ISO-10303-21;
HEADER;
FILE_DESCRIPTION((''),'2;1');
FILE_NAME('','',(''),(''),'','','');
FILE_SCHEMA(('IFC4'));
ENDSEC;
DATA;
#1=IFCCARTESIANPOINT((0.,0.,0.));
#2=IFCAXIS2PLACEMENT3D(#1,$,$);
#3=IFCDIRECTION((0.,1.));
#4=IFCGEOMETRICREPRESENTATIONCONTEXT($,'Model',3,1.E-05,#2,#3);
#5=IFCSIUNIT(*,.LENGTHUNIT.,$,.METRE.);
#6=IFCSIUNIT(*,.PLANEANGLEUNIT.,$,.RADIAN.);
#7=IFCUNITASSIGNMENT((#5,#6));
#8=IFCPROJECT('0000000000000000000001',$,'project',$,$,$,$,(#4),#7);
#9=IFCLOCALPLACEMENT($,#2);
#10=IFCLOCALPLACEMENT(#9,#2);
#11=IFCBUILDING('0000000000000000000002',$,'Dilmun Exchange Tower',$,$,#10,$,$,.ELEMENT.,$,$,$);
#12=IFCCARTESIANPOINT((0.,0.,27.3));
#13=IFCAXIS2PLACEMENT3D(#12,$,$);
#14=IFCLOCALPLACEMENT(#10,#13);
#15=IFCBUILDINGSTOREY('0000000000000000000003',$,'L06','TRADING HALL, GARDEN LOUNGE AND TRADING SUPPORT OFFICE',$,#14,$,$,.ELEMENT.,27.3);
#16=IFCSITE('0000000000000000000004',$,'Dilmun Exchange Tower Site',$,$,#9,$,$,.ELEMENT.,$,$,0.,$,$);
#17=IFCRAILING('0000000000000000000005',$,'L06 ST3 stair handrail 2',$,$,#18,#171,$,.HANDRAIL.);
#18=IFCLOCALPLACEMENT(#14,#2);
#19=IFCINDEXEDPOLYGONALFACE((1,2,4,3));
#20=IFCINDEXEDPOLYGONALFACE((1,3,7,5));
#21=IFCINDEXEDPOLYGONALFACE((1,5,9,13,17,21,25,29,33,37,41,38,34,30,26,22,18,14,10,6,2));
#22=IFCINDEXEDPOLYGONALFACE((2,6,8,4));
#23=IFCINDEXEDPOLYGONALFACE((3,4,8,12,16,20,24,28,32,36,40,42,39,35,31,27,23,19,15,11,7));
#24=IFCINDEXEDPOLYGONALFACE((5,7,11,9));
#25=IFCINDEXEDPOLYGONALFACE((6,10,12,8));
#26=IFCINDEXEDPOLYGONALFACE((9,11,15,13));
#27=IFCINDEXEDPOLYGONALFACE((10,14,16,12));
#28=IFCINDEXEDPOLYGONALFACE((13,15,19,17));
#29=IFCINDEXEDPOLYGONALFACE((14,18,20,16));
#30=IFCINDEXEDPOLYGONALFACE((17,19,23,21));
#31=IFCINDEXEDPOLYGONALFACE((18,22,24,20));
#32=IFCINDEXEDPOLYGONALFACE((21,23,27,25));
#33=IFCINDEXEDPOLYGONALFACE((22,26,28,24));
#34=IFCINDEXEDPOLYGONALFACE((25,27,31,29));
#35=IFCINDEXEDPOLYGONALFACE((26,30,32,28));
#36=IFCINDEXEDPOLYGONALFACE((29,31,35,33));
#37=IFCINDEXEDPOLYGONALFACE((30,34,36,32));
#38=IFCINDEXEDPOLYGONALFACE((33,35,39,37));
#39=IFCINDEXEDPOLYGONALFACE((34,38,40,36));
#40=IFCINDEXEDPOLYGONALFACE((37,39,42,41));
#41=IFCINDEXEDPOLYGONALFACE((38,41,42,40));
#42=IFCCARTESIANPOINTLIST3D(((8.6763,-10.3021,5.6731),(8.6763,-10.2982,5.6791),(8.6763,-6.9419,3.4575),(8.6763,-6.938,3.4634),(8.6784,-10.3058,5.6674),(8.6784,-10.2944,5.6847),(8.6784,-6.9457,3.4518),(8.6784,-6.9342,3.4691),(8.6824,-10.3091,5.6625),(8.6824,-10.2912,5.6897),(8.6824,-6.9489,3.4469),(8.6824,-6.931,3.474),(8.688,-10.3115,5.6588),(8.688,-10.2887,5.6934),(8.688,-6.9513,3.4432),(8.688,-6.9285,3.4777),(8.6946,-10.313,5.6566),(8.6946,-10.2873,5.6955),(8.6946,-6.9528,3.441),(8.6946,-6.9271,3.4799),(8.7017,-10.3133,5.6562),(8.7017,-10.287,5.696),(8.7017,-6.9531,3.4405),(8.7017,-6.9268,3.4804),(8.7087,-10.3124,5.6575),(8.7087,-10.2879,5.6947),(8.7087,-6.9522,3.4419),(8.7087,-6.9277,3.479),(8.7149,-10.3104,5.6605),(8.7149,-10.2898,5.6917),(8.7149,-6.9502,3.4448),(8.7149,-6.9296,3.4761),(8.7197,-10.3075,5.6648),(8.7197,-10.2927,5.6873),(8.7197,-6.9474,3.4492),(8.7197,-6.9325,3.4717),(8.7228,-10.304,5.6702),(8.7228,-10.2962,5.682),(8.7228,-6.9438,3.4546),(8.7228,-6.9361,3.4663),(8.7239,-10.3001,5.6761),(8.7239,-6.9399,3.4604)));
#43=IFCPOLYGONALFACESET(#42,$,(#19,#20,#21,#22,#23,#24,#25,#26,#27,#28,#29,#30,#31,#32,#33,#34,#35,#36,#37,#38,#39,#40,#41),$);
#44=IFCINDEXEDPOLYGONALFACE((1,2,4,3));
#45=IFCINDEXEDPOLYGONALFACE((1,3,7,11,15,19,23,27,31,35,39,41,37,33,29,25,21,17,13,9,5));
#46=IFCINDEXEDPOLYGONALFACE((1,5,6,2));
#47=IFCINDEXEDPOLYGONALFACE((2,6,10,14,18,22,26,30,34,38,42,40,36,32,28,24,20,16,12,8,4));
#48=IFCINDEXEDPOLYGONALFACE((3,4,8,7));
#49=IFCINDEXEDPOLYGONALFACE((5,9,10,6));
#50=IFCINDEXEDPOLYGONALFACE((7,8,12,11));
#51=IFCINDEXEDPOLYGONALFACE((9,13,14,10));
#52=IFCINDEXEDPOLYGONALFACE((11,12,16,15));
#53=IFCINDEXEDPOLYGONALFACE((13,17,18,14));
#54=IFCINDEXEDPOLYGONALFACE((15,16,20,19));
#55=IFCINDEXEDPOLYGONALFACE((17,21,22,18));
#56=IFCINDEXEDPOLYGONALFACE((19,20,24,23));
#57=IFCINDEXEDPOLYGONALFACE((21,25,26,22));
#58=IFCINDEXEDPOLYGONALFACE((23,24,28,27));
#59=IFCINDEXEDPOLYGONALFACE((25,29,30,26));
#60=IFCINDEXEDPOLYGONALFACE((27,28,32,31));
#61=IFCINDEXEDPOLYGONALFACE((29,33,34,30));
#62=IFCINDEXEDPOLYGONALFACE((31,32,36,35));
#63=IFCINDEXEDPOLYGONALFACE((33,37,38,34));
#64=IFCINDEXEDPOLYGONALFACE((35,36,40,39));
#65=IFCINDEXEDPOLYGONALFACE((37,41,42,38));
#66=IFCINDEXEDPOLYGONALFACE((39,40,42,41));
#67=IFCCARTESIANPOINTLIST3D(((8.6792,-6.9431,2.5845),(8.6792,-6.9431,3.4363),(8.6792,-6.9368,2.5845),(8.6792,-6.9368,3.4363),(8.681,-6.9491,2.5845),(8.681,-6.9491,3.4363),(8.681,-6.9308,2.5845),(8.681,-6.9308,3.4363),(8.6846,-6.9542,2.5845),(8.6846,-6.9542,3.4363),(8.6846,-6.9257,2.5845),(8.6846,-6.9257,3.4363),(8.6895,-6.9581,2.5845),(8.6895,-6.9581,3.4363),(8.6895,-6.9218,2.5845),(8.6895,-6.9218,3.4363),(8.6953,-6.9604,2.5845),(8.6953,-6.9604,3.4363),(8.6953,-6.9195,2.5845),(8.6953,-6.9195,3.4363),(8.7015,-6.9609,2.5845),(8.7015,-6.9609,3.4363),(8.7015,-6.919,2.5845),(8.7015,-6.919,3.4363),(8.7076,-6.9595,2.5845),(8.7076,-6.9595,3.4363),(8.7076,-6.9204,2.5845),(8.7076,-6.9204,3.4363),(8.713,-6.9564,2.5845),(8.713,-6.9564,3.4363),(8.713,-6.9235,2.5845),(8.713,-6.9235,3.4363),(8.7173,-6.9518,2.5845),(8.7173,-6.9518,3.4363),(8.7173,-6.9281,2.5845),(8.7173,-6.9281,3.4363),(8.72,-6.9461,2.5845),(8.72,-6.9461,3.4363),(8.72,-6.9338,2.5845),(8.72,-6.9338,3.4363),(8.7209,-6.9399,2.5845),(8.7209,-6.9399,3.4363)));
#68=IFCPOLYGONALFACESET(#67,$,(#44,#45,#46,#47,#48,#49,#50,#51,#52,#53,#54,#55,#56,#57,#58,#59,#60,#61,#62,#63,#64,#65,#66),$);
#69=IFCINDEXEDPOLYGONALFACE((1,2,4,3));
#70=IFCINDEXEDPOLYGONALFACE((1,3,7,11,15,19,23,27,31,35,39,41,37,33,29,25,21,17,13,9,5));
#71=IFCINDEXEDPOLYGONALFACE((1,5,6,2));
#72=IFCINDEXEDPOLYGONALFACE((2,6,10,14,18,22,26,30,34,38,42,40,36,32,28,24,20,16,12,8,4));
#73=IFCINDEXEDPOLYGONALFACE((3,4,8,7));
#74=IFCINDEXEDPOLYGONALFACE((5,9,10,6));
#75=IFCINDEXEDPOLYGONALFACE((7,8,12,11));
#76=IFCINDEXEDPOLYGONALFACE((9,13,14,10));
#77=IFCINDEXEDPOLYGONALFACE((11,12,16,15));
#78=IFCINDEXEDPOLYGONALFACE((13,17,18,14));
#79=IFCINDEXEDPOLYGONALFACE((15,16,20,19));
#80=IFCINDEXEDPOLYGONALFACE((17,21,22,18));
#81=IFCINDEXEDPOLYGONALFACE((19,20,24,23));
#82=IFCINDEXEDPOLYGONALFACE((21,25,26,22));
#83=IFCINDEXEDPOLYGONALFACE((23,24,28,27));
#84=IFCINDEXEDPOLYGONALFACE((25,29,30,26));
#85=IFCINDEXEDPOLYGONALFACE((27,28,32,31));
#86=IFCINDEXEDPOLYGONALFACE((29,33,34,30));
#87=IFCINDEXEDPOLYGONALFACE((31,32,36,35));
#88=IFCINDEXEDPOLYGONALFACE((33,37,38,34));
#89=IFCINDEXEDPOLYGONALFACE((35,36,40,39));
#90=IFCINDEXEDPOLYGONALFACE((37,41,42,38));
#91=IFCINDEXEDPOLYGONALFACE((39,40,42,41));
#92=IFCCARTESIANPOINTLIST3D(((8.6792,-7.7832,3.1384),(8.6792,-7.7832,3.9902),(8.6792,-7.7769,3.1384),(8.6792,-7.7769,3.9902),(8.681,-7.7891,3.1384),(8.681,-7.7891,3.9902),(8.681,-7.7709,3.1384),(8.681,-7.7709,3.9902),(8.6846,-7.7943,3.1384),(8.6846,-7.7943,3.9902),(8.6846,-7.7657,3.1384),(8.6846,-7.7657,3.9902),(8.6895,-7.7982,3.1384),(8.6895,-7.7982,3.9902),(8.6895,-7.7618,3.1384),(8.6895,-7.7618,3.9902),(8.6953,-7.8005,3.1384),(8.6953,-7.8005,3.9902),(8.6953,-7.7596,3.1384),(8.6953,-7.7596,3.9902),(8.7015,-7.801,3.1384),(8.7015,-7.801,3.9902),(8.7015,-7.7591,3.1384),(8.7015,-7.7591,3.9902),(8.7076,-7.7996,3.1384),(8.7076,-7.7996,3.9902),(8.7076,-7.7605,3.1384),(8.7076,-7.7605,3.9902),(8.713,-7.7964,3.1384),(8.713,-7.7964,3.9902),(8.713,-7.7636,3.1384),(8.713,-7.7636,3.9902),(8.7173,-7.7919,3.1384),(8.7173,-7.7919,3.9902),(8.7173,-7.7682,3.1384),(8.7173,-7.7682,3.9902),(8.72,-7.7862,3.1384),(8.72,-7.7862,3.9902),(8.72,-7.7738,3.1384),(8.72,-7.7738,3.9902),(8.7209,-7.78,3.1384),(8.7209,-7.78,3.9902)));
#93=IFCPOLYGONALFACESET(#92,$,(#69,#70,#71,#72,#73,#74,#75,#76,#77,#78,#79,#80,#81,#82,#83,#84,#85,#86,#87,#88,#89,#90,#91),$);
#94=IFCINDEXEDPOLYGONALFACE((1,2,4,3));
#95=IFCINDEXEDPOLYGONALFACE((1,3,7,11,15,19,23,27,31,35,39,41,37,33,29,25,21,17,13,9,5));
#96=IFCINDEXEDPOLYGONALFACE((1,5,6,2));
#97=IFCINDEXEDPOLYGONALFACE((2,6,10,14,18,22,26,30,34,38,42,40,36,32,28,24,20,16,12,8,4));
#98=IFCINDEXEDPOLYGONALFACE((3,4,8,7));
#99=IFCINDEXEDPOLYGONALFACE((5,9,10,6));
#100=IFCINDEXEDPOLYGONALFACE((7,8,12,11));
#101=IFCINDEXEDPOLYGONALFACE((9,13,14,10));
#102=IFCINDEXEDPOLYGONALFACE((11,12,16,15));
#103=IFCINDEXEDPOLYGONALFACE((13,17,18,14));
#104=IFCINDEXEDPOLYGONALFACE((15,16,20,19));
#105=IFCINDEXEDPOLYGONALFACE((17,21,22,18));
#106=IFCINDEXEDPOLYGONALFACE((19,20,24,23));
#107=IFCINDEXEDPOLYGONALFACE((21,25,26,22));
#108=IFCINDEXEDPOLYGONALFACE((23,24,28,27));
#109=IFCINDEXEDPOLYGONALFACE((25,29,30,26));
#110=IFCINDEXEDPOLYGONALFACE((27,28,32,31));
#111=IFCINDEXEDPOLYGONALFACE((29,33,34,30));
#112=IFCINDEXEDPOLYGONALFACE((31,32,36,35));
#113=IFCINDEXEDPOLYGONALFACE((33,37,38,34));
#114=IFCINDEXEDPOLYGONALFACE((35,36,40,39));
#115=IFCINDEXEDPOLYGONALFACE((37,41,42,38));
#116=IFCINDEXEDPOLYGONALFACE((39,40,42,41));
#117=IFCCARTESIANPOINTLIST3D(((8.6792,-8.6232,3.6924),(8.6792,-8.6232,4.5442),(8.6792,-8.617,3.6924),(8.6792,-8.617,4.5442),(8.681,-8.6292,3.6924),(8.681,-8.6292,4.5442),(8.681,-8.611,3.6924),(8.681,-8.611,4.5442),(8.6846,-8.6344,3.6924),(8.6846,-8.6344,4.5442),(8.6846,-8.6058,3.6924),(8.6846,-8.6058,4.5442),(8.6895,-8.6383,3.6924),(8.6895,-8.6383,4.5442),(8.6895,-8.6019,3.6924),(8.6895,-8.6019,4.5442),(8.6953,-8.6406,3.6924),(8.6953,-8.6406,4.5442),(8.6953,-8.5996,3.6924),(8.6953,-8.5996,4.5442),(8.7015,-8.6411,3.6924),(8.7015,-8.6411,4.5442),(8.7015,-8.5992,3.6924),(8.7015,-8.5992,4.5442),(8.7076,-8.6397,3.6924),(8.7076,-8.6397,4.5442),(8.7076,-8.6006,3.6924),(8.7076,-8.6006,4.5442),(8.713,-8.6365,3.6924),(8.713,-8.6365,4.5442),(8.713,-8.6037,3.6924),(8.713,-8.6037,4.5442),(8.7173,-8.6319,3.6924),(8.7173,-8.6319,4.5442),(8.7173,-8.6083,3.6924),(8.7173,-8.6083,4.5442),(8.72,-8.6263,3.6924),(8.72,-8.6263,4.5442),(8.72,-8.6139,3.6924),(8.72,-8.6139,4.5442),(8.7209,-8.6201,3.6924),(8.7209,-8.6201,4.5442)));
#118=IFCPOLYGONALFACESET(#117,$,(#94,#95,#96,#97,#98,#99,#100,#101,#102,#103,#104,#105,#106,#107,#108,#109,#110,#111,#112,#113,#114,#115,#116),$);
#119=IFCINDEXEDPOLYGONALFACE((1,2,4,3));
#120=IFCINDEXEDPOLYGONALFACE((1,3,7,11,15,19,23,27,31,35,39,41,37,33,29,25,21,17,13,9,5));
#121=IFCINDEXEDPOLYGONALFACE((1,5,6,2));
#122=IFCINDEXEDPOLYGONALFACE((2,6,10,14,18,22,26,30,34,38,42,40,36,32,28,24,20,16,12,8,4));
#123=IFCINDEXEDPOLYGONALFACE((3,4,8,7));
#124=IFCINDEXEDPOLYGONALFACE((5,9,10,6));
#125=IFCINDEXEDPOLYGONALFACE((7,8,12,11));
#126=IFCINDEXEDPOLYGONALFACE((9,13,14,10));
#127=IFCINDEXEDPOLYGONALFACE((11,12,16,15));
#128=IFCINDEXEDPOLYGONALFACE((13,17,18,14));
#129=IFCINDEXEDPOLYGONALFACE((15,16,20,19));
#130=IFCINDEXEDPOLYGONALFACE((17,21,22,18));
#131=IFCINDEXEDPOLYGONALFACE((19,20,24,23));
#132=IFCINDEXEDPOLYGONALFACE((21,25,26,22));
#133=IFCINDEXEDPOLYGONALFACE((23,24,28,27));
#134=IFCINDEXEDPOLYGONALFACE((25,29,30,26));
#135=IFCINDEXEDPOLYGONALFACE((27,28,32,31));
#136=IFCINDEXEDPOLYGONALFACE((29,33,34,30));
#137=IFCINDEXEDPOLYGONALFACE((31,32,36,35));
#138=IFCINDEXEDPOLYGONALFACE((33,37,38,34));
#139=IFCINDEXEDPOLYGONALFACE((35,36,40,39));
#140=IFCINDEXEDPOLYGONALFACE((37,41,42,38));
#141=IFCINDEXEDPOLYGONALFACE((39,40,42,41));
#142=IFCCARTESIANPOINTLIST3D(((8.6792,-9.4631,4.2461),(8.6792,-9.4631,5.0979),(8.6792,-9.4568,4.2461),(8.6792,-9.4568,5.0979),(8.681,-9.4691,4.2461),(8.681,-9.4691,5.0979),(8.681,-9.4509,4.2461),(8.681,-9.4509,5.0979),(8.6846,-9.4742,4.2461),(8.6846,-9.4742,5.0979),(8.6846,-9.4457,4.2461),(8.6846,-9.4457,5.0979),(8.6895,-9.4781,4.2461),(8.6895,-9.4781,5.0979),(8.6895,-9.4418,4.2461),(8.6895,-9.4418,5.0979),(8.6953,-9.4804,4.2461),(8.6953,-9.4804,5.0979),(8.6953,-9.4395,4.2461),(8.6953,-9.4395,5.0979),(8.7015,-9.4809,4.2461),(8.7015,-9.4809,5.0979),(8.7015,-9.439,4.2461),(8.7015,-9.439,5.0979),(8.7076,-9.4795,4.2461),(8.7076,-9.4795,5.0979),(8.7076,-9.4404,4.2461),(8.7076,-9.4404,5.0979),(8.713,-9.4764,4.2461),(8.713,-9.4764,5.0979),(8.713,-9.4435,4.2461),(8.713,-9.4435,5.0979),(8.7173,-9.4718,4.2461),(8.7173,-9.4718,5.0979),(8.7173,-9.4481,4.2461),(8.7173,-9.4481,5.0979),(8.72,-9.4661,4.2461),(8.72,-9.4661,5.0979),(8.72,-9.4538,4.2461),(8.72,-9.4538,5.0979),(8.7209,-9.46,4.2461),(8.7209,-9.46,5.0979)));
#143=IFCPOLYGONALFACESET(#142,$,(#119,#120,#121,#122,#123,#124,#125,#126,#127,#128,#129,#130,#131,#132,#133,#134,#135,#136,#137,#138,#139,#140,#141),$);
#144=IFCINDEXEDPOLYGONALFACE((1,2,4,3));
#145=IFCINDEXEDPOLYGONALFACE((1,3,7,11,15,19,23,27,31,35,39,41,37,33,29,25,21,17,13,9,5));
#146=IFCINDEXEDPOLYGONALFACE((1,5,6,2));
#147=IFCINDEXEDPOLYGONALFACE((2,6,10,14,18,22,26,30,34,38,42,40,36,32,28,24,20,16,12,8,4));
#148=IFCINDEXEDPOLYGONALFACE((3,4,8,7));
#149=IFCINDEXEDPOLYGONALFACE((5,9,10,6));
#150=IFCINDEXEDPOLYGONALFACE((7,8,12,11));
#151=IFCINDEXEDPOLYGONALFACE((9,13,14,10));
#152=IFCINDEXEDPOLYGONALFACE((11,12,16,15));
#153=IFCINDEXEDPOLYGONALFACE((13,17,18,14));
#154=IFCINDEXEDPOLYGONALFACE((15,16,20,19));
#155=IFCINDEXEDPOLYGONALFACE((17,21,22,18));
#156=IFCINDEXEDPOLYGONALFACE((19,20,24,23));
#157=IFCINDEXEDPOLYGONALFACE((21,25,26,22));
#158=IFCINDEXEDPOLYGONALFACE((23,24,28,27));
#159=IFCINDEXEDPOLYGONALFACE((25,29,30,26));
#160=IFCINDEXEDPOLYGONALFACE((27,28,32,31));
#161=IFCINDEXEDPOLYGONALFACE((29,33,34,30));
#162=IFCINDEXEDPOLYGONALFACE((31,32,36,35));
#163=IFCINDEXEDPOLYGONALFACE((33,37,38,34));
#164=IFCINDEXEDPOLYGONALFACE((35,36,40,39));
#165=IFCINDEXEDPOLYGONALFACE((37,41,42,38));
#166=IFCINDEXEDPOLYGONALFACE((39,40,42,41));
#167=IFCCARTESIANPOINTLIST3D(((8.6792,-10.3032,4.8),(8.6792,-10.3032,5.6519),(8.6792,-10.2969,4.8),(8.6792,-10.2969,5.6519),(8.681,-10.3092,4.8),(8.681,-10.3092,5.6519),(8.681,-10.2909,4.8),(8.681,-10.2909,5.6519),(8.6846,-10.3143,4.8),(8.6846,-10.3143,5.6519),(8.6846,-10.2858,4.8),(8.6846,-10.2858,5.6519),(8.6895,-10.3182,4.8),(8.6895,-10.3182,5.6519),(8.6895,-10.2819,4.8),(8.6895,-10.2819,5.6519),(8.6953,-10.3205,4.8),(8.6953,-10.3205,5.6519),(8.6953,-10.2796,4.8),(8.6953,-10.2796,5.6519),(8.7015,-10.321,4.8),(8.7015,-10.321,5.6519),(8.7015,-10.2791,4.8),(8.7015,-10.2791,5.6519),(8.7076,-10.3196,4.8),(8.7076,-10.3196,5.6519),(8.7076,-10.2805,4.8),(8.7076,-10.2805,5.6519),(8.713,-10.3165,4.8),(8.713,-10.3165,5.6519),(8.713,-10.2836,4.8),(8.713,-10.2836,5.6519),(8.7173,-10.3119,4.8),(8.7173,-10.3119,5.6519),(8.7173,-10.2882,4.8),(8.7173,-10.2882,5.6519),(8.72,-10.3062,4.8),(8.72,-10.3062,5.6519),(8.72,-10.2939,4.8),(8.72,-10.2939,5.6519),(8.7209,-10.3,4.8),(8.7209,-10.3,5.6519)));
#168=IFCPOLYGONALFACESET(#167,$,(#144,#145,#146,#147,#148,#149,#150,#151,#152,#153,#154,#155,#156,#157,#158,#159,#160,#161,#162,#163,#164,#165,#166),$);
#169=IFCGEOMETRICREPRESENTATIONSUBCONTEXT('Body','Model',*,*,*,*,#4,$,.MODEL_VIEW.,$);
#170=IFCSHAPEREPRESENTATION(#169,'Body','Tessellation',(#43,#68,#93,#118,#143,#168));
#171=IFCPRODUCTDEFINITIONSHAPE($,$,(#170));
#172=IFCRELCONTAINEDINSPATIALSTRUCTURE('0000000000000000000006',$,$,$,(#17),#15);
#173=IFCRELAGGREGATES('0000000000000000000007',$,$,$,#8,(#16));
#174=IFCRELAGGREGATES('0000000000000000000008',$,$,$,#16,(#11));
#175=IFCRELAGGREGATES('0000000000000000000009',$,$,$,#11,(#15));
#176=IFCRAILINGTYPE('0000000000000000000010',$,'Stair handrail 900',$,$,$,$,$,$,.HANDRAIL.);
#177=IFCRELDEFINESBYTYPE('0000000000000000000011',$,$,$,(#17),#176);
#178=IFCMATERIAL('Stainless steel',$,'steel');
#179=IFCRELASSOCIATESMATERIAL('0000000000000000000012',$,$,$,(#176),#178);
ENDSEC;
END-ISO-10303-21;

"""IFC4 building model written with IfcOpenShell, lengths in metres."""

from ifc_helpers import new_model, si_unit, direction, frame, origin, origin_2d, place, context, subcontext, project, spatial, circle, extrude, material, type_object, element, save


model = new_model("IFC4")

# Units and contexts
model_context = context("Model", 3, precision=1e-05, world=origin(), true_north=direction((0.0, 1.0)))
body_context = subcontext(model_context, "Body", "Model", "MODEL_VIEW")
ifc_project = project(units=[si_unit("LENGTHUNIT", "METRE"), si_unit("PLANEANGLEUNIT", "RADIAN")], contexts=[model_context])

# Site, building, storey
site_placement = place(None, origin())
site = spatial("IfcSite", under=ifc_project, at=site_placement, Name="Dilmun Exchange Tower Site", CompositionType="ELEMENT", RefElevation=0.0)
building_placement = place(site_placement, origin())
building = spatial("IfcBuilding", under=site, at=building_placement, Name="Dilmun Exchange Tower", CompositionType="ELEMENT")
storey_placement = place(building_placement, frame((0.0, 0.0, 27.3)))
storey = spatial("IfcBuildingStorey", under=building, at=storey_placement, Name="L06", Description="TRADING HALL, GARDEN LOUNGE AND TRADING SUPPORT OFFICE", CompositionType="ELEMENT", Elevation=27.3)

# Railing
ifc_material_1 = material(Name="Stainless steel", Category="steel")
railing_type = type_object("IfcRailingType", Name="Stair handrail 900", PredefinedType="HANDRAIL", material=ifc_material_1)
railing_placement = place(storey_placement, frame((8.7, -6.9399, 2.5845)))
element("IfcRailing", 1, at=railing_placement, inside=storey, type_object=railing_type, Name="L06 ST3 stair handrail 2", PredefinedType="HANDRAIL", context=body_context, shape_type="SweptSolid", body=[
    extrude(circle(Radius=0.0239, at=origin_2d()), frame((0.0, 0.0, 0.876), z_axis=(0.0, -0.834849, 0.55048), x_axis=(1.0, 0.0, 0.0)), (0.0, 0.0, 1.0), 4.0249),
    extrude(circle(Radius=0.021, at=origin_2d()), origin(), (0.0, 0.0, 1.0), 0.8518),
    extrude(circle(Radius=0.021, at=origin_2d()), frame((0.0, -0.8401, 0.554)), (0.0, 0.0, 1.0), 0.8518),
    extrude(circle(Radius=0.021, at=origin_2d()), frame((0.0, -1.6802, 1.1079)), (0.0, 0.0, 1.0), 0.8518),
    extrude(circle(Radius=0.021, at=origin_2d()), frame((0.0, -2.52, 1.6616)), (0.0, 0.0, 1.0), 0.8518),
    extrude(circle(Radius=0.021, at=origin_2d()), frame((0.0, -3.3601, 2.2156)), (0.0, 0.0, 1.0), 0.8518),
])

save(model, "model.ifc")
